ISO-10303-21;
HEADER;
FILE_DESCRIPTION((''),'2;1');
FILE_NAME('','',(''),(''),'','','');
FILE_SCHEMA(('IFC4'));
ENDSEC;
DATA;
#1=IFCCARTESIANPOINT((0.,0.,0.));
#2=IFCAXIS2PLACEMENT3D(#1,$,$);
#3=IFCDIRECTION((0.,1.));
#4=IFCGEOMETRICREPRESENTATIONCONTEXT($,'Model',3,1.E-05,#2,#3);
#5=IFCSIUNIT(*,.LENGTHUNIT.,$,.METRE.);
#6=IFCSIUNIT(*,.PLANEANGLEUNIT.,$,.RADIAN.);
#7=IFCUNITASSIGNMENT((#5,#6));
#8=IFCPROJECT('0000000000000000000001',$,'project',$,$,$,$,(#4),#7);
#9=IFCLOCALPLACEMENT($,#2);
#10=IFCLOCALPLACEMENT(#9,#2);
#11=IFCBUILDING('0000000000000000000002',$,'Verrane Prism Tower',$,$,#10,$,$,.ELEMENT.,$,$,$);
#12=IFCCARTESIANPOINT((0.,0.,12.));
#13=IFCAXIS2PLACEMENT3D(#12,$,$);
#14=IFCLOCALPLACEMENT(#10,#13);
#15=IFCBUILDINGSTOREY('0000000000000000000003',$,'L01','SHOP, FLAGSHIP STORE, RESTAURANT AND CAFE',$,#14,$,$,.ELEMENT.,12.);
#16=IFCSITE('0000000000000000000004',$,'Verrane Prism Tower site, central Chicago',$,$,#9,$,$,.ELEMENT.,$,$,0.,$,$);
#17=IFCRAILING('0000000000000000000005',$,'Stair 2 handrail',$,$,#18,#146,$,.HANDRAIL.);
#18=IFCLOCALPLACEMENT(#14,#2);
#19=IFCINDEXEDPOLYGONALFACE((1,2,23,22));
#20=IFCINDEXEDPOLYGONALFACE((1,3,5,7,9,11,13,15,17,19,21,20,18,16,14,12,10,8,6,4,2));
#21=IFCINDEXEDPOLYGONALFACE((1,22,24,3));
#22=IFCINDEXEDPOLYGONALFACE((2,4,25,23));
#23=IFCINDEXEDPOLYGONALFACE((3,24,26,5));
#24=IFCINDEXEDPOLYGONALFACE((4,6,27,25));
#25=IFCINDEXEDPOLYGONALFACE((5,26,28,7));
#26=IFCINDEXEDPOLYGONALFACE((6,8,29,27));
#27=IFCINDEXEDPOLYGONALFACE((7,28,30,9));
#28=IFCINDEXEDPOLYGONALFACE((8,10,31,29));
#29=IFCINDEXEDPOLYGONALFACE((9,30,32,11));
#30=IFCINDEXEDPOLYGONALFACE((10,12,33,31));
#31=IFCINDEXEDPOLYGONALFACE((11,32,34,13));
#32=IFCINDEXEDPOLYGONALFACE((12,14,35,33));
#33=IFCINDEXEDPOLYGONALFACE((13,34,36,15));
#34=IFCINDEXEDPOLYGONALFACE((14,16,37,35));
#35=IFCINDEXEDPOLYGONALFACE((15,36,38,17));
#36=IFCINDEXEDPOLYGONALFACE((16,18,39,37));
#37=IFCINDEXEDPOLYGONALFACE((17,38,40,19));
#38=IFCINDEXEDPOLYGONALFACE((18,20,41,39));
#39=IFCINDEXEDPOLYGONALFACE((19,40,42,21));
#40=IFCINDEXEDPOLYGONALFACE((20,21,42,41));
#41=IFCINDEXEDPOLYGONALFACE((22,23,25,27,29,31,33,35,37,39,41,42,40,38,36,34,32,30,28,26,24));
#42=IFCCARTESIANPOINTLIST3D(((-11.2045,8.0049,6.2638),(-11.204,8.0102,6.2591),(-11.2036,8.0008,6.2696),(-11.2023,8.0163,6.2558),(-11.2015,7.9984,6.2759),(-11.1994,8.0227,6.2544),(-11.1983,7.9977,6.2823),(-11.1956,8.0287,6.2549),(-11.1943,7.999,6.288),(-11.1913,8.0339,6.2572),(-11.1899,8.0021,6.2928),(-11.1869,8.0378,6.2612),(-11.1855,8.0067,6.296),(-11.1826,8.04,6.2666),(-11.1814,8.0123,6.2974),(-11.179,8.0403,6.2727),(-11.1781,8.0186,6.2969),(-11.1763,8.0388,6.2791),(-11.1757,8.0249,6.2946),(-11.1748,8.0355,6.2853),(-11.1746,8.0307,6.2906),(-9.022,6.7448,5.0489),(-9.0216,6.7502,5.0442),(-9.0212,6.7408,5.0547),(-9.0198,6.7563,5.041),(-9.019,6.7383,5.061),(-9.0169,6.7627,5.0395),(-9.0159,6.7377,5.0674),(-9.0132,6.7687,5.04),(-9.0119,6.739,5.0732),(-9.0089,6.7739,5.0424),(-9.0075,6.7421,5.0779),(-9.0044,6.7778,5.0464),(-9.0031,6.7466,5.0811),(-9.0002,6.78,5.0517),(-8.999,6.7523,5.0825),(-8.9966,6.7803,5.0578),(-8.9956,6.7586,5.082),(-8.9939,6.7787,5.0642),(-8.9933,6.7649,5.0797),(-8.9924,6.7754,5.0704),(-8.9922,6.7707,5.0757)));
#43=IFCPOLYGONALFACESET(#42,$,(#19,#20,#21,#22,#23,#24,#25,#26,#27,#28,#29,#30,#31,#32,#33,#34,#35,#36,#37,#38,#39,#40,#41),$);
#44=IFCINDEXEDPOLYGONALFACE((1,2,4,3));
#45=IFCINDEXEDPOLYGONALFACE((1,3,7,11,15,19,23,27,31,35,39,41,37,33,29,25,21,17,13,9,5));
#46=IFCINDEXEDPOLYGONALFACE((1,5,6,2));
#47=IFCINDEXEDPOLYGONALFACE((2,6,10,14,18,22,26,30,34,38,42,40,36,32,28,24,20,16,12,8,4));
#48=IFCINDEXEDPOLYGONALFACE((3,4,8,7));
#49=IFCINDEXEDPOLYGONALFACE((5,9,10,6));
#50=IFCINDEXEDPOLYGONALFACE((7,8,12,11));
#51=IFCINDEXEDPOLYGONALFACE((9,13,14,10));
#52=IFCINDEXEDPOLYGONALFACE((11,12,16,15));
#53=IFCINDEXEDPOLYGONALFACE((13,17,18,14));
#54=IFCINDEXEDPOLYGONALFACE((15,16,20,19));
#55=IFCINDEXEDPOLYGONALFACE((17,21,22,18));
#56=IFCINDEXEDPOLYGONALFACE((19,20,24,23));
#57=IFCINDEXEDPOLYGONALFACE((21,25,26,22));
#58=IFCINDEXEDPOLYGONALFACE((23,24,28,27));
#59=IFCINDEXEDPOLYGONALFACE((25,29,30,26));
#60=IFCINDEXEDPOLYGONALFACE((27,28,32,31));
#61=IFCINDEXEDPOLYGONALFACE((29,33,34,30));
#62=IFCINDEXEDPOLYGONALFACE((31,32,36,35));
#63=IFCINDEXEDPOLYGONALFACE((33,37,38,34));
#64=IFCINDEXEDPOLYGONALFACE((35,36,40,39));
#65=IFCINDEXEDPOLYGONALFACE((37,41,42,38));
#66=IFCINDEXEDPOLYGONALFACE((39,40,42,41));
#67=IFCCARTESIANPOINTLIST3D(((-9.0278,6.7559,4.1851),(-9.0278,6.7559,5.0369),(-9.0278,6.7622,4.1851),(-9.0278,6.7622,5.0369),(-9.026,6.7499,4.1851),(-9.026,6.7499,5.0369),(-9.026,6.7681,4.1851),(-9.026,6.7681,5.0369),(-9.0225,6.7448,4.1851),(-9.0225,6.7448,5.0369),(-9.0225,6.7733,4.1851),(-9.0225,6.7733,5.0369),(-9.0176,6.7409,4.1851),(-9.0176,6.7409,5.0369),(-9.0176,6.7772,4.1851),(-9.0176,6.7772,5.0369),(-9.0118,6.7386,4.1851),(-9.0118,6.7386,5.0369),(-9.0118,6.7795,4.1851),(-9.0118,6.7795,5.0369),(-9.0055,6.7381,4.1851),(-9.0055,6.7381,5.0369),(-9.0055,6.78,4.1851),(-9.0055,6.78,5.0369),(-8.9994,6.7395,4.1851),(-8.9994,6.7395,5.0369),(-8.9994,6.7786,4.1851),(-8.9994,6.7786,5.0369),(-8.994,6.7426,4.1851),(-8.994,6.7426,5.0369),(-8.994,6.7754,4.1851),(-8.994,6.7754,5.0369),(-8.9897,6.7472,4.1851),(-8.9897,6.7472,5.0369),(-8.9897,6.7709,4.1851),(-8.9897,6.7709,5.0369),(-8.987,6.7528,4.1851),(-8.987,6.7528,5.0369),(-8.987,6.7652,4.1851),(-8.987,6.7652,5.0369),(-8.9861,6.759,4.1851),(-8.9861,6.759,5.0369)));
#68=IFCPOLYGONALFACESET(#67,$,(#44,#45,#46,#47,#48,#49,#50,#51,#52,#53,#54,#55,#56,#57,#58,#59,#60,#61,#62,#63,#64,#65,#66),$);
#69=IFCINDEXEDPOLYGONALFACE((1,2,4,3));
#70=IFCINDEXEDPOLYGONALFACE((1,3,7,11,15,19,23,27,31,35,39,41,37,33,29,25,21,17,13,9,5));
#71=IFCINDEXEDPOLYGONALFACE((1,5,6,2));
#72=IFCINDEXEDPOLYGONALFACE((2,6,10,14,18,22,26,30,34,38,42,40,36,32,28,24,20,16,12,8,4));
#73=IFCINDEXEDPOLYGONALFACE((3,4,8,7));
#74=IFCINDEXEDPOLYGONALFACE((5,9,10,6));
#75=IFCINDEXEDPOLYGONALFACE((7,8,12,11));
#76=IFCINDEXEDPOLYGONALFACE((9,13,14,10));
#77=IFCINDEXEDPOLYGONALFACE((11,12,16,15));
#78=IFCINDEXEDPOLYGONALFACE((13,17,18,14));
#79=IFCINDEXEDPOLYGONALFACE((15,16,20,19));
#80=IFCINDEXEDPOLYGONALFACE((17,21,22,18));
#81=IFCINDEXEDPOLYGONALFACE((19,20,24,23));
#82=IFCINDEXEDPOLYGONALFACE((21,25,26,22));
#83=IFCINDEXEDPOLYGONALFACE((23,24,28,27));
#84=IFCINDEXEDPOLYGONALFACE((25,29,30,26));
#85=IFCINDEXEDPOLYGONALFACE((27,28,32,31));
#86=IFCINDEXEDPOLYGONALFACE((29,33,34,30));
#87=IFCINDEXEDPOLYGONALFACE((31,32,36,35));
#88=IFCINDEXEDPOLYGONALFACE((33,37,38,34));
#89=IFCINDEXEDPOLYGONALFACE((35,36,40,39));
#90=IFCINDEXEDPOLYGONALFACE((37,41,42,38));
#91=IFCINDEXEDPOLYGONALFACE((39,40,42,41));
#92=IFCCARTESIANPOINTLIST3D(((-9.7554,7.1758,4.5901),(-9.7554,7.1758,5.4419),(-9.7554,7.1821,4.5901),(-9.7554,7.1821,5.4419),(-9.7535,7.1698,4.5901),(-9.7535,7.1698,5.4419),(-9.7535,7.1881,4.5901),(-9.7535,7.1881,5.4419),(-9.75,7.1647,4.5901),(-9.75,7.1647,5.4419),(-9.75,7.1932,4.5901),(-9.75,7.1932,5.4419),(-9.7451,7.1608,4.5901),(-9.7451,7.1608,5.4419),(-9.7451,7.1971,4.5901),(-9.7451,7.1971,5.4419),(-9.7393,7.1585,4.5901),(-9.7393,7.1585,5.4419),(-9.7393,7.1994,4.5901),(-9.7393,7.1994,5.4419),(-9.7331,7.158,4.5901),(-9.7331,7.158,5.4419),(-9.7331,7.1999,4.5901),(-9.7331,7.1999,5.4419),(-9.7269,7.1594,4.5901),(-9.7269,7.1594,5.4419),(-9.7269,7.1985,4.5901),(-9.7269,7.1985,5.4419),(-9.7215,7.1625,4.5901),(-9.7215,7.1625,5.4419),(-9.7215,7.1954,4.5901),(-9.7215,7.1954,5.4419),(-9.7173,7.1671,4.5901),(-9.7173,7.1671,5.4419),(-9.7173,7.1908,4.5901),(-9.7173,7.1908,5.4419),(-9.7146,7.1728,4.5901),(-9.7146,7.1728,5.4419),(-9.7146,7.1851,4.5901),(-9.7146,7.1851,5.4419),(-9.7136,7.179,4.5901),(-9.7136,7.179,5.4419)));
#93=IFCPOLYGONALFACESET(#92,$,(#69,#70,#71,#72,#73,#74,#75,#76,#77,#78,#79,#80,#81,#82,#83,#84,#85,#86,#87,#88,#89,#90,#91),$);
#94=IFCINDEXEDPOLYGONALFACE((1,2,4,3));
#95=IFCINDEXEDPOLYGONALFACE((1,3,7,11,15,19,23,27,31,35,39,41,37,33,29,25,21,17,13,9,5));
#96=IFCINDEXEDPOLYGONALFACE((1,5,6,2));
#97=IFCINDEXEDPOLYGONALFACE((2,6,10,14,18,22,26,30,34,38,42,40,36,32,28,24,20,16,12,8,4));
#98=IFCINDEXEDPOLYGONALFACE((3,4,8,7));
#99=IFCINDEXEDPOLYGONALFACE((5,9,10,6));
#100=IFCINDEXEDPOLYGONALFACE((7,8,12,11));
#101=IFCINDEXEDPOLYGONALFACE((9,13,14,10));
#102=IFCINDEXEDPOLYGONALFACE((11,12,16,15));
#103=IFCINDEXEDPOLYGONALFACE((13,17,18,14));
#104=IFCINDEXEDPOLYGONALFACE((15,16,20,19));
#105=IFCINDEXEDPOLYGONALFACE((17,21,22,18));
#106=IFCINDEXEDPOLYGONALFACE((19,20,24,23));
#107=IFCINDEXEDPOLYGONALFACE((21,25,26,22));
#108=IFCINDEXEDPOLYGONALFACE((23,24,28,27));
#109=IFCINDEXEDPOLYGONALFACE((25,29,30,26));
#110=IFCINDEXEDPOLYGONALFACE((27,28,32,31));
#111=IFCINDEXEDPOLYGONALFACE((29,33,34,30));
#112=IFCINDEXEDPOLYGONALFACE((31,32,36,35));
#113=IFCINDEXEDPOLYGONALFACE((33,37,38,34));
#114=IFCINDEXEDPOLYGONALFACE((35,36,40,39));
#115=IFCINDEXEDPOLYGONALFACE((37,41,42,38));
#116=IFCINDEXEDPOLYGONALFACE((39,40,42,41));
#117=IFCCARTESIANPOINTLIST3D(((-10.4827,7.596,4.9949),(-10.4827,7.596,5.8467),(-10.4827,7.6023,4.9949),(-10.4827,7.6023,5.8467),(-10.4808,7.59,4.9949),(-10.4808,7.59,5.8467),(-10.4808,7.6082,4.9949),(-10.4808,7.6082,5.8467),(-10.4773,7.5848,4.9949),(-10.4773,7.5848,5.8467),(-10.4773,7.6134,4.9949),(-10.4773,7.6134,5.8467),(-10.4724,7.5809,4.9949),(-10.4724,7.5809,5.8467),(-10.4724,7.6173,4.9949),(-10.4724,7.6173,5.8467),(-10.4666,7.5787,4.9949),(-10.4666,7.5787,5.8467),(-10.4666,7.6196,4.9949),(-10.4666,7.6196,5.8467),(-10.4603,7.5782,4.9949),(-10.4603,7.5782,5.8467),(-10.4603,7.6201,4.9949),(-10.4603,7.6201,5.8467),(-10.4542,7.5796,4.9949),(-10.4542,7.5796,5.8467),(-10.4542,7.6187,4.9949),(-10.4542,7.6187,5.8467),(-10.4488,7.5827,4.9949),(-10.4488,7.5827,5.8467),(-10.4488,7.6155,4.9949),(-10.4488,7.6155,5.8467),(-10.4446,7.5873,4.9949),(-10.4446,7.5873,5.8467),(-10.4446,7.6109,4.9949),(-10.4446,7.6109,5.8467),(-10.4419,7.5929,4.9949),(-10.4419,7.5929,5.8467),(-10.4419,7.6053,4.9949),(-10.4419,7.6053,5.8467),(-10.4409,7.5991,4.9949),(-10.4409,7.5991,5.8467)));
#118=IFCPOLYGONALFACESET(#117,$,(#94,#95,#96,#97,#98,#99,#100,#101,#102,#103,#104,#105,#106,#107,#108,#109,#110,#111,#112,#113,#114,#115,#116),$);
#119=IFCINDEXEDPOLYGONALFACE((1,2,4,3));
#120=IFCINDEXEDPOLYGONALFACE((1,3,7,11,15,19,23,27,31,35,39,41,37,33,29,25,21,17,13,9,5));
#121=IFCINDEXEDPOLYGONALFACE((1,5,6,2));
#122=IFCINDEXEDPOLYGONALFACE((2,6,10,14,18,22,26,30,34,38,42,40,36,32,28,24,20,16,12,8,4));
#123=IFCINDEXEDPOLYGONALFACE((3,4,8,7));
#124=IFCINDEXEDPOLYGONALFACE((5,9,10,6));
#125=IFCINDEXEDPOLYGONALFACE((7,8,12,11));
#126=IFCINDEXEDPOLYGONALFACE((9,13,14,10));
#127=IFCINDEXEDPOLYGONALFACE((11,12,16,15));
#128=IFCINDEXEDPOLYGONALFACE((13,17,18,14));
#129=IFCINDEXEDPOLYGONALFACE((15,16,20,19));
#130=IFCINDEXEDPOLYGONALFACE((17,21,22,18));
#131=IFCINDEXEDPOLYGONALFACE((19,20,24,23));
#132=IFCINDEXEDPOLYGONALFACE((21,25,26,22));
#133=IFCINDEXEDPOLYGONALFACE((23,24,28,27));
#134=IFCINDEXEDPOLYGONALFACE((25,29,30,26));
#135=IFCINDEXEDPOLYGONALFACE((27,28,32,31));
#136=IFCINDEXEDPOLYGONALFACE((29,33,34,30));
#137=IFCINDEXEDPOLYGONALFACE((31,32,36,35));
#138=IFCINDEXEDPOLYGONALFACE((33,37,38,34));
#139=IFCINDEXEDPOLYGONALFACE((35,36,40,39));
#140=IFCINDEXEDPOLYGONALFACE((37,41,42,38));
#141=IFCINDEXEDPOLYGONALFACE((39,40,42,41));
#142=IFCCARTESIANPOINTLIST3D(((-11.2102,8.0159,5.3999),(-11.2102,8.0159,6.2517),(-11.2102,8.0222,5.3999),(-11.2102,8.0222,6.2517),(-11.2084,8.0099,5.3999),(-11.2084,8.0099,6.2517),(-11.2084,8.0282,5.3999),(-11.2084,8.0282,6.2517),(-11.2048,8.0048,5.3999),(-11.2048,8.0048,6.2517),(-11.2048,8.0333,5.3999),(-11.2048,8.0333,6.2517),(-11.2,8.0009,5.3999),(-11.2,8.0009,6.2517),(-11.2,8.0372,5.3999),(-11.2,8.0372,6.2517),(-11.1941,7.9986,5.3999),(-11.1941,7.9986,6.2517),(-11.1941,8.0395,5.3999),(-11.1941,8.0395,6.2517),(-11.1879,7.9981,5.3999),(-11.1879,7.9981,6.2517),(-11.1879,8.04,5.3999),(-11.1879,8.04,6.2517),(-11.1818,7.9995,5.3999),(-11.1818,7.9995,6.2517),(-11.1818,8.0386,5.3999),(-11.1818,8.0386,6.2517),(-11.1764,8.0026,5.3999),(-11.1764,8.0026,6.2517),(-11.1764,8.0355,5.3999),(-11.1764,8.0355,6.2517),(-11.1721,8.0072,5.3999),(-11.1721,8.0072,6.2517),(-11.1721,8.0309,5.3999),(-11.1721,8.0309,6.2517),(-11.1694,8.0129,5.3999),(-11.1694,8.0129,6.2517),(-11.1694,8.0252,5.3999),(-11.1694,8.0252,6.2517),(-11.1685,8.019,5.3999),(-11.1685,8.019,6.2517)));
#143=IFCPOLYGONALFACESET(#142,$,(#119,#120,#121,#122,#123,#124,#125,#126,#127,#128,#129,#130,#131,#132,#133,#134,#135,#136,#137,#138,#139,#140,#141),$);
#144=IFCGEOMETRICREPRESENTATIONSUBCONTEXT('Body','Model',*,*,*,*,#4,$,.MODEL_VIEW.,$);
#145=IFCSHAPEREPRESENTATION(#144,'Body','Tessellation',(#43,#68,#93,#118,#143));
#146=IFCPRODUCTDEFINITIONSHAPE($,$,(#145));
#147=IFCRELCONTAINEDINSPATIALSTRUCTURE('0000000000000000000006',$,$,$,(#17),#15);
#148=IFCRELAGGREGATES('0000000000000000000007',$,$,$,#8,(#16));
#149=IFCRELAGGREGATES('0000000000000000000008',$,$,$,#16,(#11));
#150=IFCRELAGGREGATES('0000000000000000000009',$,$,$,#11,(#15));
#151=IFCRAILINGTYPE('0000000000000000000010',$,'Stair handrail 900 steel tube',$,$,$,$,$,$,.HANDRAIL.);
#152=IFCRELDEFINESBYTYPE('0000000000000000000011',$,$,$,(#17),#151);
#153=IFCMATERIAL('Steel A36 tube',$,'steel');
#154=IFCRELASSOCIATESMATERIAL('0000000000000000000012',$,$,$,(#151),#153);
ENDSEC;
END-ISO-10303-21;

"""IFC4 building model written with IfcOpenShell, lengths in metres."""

from ifc_helpers import new_model, si_unit, direction, frame, origin, origin_2d, place, context, subcontext, project, spatial, circle, extrude, material, type_object, element, save


model = new_model("IFC4")

# Units and contexts
model_context = context("Model", 3, precision=1e-05, world=origin(), true_north=direction((0.0, 1.0)))
body_context = subcontext(model_context, "Body", "Model", "MODEL_VIEW")
ifc_project = project(units=[si_unit("LENGTHUNIT", "METRE"), si_unit("PLANEANGLEUNIT", "RADIAN")], contexts=[model_context])

# Site, building, storey
site_placement = place(None, origin())
site = spatial("IfcSite", under=ifc_project, at=site_placement, Name="Verrane Prism Tower site, central Chicago", CompositionType="ELEMENT", RefElevation=0.0)
building_placement = place(site_placement, origin())
building = spatial("IfcBuilding", under=site, at=building_placement, Name="Verrane Prism Tower", CompositionType="ELEMENT")
storey_placement = place(building_placement, frame((0.0, 0.0, 12.0)))
storey = spatial("IfcBuildingStorey", under=building, at=storey_placement, Name="L01", Description="SHOP, FLAGSHIP STORE, RESTAURANT AND CAFE", CompositionType="ELEMENT", Elevation=12.0)

# Railing
ifc_material_1 = material(Name="Steel A36 tube", Category="steel")
railing_type = type_object("IfcRailingType", Name="Stair handrail 900 steel tube", PredefinedType="HANDRAIL", material=ifc_material_1)
for number, where, name in (
    (1, (-9.0071, 6.759, 4.1851), "Stair 2 handrail"),
):
    element("IfcRailing", number, at=place(storey_placement, frame(where)), inside=storey, type_object=railing_type, Name=name, PredefinedType="HANDRAIL", context=body_context, shape_type="SweptSolid", body=[
        extrude(circle(Radius=0.0239, at=origin_2d()), frame((0.0, 0.0, 0.876), z_axis=(-0.780105, 0.450399, 0.434255), x_axis=(-0.500005, -0.866023, 0.0)), (0.0, 0.0, 1.0), 2.7976),
        extrude(circle(Radius=0.021, at=origin_2d()), origin(), (0.0, 0.0, 1.0), 0.8518),
        extrude(circle(Radius=0.021, at=origin_2d()), frame((-0.7275, 0.4199, 0.405)), (0.0, 0.0, 1.0), 0.8518),
        extrude(circle(Radius=0.021, at=origin_2d()), frame((-1.4548, 0.8401, 0.8098)), (0.0, 0.0, 1.0), 0.8518),
        extrude(circle(Radius=0.021, at=origin_2d()), frame((-2.1824, 1.26, 1.2148)), (0.0, 0.0, 1.0), 0.8518),
    ])

save(model, "model.ifc")
